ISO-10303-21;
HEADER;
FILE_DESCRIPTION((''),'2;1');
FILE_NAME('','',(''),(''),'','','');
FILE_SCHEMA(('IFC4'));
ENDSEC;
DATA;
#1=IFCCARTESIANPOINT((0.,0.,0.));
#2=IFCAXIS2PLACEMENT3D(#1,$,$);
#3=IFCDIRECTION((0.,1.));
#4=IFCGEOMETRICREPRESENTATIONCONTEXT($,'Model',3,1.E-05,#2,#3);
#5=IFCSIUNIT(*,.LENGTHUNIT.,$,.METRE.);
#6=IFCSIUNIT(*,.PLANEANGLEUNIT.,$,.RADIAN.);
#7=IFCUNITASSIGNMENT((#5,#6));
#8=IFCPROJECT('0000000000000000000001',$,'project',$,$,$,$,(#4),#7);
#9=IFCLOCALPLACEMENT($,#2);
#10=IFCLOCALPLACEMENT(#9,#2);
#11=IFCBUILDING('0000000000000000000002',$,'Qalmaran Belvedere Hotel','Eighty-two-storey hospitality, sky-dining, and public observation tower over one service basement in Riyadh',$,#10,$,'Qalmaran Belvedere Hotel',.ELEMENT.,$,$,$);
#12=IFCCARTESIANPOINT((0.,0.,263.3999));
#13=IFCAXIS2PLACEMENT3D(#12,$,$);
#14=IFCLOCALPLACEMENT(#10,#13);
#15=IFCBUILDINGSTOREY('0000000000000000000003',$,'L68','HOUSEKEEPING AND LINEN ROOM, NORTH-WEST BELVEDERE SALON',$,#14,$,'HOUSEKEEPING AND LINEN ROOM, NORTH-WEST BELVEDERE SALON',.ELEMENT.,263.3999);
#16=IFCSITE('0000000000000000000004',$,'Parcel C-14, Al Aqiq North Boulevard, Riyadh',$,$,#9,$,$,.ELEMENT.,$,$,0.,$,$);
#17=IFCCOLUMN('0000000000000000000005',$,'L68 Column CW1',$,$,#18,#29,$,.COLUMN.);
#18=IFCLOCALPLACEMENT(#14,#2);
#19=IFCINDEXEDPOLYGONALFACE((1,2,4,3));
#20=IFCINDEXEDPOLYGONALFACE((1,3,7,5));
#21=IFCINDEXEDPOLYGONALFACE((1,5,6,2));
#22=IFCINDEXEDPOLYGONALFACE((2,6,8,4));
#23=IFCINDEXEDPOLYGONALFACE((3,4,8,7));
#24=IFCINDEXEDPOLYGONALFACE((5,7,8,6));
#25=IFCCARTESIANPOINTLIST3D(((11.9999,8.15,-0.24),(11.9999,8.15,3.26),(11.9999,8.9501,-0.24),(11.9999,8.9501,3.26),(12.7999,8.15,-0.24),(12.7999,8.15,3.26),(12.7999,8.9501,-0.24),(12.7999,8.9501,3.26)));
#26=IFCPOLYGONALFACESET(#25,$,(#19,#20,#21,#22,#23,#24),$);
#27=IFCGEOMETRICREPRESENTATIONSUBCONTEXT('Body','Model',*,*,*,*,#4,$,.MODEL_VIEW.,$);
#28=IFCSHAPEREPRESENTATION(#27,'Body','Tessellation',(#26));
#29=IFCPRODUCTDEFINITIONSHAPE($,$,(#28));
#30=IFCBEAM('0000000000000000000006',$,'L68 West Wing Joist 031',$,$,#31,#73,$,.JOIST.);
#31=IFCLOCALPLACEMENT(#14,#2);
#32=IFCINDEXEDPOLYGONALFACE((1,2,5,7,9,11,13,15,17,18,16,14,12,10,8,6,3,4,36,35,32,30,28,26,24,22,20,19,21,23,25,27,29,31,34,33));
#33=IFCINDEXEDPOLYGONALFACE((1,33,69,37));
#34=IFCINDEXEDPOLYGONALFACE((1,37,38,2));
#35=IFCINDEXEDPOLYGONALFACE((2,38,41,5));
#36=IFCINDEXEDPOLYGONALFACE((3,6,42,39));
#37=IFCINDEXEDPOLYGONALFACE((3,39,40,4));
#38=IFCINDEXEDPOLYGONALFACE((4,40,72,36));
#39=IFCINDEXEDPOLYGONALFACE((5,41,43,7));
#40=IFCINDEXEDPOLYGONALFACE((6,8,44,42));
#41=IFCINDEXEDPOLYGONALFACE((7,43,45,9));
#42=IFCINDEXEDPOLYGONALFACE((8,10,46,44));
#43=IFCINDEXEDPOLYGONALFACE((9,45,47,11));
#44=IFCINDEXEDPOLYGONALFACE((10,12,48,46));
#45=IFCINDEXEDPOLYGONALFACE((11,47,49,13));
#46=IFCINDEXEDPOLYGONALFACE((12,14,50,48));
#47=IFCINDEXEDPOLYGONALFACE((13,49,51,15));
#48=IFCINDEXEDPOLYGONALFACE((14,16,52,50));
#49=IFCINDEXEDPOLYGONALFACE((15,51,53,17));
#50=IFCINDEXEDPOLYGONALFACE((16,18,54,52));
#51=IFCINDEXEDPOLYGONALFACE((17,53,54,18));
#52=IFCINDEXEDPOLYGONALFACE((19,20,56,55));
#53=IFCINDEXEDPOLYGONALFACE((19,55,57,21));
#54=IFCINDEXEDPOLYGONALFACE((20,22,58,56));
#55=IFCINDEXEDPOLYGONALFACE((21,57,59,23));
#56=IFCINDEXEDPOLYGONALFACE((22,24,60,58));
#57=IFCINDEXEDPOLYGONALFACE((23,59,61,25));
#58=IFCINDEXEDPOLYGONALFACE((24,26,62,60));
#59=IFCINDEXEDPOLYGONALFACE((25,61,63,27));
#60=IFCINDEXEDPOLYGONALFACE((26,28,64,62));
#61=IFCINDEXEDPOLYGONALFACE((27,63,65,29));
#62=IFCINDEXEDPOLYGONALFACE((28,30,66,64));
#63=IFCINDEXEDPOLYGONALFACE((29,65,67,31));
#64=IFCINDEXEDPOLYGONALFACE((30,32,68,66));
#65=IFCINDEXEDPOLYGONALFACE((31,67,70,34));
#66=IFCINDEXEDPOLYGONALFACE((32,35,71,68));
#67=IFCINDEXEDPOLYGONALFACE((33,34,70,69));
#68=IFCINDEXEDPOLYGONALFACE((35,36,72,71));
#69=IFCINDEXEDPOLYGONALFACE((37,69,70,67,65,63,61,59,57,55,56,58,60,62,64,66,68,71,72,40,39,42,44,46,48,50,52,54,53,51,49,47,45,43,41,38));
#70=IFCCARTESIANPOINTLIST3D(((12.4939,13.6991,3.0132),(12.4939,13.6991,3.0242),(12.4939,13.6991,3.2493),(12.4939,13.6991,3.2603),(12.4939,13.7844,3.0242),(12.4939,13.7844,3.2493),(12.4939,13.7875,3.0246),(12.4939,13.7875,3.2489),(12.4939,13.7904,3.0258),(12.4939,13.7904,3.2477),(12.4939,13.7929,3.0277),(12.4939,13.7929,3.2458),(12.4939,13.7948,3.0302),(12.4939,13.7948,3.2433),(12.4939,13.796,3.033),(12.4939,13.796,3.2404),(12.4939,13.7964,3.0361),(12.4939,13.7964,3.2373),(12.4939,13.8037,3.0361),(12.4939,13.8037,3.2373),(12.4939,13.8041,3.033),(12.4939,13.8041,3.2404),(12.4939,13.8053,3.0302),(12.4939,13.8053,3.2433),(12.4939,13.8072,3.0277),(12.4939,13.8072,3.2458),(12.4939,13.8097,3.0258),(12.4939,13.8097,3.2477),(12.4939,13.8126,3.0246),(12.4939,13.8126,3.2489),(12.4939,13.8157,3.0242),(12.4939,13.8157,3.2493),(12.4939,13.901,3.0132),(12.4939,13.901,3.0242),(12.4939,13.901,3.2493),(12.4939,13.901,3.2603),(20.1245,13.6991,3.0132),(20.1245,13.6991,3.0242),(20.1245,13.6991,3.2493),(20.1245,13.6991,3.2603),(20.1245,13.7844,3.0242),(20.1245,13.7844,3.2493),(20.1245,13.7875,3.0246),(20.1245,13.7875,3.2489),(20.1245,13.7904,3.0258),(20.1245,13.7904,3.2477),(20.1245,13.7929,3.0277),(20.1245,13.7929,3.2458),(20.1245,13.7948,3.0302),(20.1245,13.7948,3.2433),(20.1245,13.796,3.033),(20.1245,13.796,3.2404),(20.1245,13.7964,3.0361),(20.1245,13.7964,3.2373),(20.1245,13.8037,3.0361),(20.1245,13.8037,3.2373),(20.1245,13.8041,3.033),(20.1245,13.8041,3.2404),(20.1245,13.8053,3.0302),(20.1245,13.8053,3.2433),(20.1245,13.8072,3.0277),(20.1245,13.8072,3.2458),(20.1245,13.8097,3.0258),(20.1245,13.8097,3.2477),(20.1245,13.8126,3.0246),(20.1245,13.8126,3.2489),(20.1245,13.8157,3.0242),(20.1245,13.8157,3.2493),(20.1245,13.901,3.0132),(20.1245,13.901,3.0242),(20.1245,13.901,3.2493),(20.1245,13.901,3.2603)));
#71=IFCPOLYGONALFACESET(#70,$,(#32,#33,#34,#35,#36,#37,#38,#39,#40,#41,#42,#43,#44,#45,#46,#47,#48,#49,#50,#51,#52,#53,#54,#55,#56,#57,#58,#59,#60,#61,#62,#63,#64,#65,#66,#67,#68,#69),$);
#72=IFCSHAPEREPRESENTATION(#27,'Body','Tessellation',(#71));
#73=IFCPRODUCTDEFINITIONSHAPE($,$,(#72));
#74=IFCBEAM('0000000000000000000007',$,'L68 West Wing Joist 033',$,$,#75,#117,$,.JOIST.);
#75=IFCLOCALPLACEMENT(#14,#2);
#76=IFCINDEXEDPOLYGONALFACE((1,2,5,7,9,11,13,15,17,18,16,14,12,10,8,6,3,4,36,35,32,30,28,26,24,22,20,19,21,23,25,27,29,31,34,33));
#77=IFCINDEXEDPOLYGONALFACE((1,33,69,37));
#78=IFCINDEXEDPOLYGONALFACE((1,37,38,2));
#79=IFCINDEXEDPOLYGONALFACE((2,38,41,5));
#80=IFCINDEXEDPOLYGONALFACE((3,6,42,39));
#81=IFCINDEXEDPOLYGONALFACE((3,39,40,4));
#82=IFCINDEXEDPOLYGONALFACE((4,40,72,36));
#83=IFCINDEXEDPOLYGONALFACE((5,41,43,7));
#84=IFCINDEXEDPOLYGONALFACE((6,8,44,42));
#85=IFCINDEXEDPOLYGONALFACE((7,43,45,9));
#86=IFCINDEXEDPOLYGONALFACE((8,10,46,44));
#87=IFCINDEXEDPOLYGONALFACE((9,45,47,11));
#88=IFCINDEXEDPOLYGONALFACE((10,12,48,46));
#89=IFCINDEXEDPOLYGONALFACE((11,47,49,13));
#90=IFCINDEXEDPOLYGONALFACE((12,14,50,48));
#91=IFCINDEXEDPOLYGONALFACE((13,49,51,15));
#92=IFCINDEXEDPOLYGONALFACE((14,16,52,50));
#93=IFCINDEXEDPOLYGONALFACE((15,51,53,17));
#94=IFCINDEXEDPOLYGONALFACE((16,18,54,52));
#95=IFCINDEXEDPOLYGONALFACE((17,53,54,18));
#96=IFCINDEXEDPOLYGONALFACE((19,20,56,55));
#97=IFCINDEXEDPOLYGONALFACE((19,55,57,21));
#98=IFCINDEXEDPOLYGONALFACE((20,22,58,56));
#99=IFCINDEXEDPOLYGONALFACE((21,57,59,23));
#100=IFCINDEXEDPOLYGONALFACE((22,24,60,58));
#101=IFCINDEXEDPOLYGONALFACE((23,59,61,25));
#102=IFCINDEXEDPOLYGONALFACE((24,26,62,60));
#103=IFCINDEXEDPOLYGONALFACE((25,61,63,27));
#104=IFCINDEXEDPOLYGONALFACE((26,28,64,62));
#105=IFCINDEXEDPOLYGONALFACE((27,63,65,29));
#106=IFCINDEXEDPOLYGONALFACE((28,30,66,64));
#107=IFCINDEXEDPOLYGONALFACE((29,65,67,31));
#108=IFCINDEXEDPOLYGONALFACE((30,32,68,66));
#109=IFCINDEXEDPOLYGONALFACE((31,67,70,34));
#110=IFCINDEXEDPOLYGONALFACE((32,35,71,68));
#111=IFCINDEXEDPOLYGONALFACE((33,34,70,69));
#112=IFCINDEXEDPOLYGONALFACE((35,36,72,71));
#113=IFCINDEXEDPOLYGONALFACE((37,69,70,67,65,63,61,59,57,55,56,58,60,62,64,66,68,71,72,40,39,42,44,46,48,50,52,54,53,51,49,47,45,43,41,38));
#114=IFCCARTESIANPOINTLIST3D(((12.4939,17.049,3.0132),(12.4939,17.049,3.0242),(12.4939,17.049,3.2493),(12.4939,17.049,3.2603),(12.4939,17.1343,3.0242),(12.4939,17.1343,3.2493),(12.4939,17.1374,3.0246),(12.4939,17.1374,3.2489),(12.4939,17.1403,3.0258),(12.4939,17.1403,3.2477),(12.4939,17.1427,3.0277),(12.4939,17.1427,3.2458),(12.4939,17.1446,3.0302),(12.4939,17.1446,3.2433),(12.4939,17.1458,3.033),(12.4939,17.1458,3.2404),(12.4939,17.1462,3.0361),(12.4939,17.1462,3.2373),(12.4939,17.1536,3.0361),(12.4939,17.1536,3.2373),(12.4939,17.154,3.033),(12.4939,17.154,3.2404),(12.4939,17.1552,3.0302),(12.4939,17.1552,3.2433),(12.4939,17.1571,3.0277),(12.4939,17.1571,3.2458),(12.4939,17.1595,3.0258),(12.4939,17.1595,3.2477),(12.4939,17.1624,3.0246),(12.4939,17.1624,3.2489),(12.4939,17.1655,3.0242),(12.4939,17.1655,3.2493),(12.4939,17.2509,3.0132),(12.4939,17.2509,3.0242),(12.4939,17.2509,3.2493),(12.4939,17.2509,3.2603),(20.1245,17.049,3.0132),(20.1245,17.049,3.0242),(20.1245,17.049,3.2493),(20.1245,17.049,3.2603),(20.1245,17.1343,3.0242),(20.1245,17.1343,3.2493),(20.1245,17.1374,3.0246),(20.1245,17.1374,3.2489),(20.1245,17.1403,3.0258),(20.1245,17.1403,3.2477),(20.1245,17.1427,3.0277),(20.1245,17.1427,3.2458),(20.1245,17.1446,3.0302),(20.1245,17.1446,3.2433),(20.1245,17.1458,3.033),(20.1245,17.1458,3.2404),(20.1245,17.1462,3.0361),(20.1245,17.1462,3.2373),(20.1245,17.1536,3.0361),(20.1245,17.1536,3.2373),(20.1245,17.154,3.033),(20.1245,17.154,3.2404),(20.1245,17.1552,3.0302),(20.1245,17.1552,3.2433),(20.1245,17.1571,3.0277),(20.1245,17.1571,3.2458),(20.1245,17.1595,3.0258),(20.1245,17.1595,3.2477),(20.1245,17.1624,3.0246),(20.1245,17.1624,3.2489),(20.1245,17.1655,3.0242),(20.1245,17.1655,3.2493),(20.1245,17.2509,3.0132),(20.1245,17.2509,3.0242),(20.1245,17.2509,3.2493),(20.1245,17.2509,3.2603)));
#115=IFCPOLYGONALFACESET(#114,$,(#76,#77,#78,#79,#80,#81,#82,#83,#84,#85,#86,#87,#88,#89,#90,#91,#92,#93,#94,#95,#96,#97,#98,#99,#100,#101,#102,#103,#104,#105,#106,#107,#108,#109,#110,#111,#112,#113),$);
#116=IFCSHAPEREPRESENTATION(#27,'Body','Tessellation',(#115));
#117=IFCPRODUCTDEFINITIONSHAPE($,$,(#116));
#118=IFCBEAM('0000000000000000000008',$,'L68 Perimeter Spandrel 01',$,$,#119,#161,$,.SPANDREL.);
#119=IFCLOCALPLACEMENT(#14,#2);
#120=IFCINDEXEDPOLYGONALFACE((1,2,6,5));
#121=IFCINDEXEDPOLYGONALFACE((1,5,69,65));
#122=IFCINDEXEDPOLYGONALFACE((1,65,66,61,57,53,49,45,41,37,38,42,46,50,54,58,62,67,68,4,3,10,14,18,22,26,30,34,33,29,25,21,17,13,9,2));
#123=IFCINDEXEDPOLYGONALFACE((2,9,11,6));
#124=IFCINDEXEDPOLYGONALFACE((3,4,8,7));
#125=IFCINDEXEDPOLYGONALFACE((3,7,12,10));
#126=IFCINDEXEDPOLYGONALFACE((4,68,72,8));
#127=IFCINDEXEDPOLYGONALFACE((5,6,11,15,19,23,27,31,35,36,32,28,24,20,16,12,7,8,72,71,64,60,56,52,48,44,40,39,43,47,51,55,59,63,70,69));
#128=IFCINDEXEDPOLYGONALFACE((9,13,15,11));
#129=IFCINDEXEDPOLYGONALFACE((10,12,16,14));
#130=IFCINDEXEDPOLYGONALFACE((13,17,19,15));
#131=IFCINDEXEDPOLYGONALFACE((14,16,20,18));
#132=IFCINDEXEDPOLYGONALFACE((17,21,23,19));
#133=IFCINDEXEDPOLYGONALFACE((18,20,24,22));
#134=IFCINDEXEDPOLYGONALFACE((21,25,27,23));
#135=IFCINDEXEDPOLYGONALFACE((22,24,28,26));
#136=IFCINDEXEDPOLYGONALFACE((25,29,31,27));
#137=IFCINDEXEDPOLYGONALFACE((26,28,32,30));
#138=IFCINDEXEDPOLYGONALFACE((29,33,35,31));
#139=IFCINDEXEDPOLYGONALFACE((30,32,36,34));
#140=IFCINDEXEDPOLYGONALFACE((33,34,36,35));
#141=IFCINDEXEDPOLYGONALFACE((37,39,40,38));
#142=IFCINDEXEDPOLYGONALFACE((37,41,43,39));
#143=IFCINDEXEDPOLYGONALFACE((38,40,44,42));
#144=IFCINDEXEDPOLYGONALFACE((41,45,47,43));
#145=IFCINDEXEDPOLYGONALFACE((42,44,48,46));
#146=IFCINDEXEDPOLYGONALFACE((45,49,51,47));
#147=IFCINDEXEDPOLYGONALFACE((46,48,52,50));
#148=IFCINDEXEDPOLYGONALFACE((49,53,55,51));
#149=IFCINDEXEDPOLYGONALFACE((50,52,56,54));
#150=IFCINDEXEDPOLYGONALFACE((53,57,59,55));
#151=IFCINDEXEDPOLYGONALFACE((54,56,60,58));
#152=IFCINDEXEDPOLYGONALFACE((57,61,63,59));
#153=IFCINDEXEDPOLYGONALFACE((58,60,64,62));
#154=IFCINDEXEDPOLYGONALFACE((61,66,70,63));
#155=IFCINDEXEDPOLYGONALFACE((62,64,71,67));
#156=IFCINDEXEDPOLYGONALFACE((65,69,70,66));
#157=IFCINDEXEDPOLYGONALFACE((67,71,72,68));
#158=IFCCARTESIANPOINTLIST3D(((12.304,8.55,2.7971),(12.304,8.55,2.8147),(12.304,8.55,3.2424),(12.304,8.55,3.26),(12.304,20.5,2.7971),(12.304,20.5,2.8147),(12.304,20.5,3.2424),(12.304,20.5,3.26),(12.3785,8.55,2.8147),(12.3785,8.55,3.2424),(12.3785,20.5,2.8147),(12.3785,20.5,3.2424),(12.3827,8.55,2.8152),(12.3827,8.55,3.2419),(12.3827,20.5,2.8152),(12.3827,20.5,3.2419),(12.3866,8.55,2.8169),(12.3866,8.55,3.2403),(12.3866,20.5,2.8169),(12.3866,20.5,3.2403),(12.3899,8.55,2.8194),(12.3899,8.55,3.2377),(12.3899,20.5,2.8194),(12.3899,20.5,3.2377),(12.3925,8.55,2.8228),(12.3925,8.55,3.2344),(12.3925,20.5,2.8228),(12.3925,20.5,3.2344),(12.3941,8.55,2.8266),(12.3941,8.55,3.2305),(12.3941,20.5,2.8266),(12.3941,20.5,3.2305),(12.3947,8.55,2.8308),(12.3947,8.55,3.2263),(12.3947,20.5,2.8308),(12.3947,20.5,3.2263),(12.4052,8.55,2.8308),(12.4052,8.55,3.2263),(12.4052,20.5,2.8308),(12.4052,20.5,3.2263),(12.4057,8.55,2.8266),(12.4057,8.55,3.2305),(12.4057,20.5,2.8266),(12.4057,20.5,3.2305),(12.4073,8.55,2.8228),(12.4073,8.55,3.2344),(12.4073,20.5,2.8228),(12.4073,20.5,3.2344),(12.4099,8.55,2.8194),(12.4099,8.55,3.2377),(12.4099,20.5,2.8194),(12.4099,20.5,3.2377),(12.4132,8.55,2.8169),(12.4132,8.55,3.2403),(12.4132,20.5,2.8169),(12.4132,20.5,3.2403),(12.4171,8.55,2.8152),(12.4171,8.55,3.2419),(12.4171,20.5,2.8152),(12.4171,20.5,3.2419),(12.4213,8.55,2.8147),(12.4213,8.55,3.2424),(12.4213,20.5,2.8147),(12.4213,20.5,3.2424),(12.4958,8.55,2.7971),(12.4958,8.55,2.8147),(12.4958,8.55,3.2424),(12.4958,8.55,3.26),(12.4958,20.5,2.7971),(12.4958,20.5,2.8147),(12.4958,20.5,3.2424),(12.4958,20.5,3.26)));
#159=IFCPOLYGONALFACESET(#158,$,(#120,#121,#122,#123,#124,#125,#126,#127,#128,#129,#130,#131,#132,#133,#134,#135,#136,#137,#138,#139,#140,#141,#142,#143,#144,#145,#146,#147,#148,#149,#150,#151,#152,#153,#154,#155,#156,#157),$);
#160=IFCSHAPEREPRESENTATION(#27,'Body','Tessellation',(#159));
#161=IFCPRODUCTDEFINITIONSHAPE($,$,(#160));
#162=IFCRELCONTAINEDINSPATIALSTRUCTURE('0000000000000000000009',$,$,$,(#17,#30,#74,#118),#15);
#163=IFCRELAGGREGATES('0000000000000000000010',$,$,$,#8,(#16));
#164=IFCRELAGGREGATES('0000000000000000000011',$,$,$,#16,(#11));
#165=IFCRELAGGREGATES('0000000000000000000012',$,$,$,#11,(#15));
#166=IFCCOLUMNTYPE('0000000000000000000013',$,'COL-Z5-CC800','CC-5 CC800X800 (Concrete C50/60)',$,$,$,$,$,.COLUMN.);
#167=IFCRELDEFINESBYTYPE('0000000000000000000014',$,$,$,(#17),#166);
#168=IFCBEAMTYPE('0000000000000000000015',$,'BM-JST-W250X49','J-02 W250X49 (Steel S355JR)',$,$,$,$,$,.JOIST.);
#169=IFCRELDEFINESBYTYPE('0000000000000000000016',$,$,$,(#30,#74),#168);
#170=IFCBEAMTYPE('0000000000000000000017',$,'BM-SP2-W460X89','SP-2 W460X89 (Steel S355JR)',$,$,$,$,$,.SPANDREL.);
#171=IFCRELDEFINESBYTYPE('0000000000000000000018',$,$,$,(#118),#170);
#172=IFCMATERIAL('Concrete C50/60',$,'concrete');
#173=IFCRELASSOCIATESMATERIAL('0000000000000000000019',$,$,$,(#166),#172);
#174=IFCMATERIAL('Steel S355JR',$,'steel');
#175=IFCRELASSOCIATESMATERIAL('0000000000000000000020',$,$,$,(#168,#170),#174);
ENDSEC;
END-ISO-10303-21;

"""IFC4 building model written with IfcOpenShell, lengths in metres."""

from ifc_helpers import new_model, si_unit, direction, frame, origin, origin_2d, place, context, subcontext, project, spatial, rectangle, i_section, extrude, material, material_profile, profile_set, type_object, element, save


model = new_model("IFC4")

# Units and contexts
model_context = context("Model", 3, precision=1e-05, world=origin(), true_north=direction((0.0, 1.0)))
body_context = subcontext(model_context, "Body", "Model", "MODEL_VIEW")
ifc_project = project(units=[si_unit("LENGTHUNIT", "METRE"), si_unit("PLANEANGLEUNIT", "RADIAN")], contexts=[model_context])

# Site, building, storey
site_placement = place(None, origin())
site = spatial("IfcSite", under=ifc_project, at=site_placement, Name="Parcel C-14, Al Aqiq North Boulevard, Riyadh", CompositionType="ELEMENT", RefElevation=0.0)
building_placement = place(site_placement, origin())
building = spatial("IfcBuilding", under=site, at=building_placement, Name="Qalmaran Belvedere Hotel", Description="Eighty-two-storey hospitality, sky-dining, and public observation tower over one service basement in Riyadh", LongName="Qalmaran Belvedere Hotel", CompositionType="ELEMENT")
storey_placement = place(building_placement, frame((0.0, 0.0, 263.3999)))
storey = spatial("IfcBuildingStorey", under=building, at=storey_placement, Name="L68", Description="HOUSEKEEPING AND LINEN ROOM, NORTH-WEST BELVEDERE SALON", LongName="HOUSEKEEPING AND LINEN ROOM, NORTH-WEST BELVEDERE SALON", CompositionType="ELEMENT", Elevation=263.3999)

# Column
ifc_material_1 = material(Name="Concrete C50/60", Category="concrete")
ifc_material_profile_1 = material_profile(ifc_material_1, rectangle(XDim=0.8, YDim=0.8, at=origin_2d()), Name="CC800X800")
ifc_profile_set_1 = profile_set([ifc_material_profile_1], Name="Concrete C50/60")
column_type = type_object("IfcColumnType", Name="COL-Z5-CC800", Description="CC-5 CC800X800 (Concrete C50/60)", PredefinedType="COLUMN", material=ifc_profile_set_1)
column_placement = place(storey_placement, frame((12.3999, 8.55, -0.24), z_axis=(0.0, 0.0, 1.0), x_axis=(1.0, 0.0, 0.0)))
element("IfcColumn", 1, at=column_placement, inside=storey, type_object=column_type, Name="L68 Column CW1", PredefinedType="COLUMN", context=body_context, shape_type="SweptSolid", body=[
    extrude(rectangle(XDim=0.8, YDim=0.8, at=origin_2d()), origin(), (0.0, 0.0, 1.0), 3.5),
])

# Beams
ifc_material_2 = material(Name="Steel S355JR", Category="steel")
ifc_material_profile_2 = material_profile(ifc_material_2, i_section(OverallWidth=0.2019, OverallDepth=0.2471, WebThickness=0.0073, FlangeThickness=0.011, FilletRadius=0.012, at=origin_2d()), Name="W250X49")
ifc_profile_set_2 = profile_set([ifc_material_profile_2], Name="Steel S355JR")
beam_type_1 = type_object("IfcBeamType", Name="BM-JST-W250X49", Description="J-02 W250X49 (Steel S355JR)", PredefinedType="JOIST", material=ifc_profile_set_2)
for number, where, z_axis, x_axis, name in (
    (2, (12.4939, 13.8, 3.1367), (1.0, 0.0, 0.0), (0.0, 1.0, 0.0), "L68 West Wing Joist 031"),
    (3, (12.4939, 17.1499, 3.1367), (1.0, 0.0, 0.0), (0.0, 1.0, 0.0), "L68 West Wing Joist 033"),
):
    element("IfcBeam", number, at=place(storey_placement, frame(where, z_axis=z_axis, x_axis=x_axis)), inside=storey, type_object=beam_type_1, Name=name, PredefinedType="JOIST", context=body_context, shape_type="SweptSolid", body=[
        extrude(i_section(OverallWidth=0.2019, OverallDepth=0.2471, WebThickness=0.0073, FlangeThickness=0.011, FilletRadius=0.012, at=origin_2d()), origin(), (0.0, 0.0, 1.0), 7.6306),
    ])
ifc_material_profile_3 = material_profile(ifc_material_2, i_section(OverallWidth=0.1919, OverallDepth=0.4629, WebThickness=0.0105, FlangeThickness=0.0176, FilletRadius=0.0161, at=origin_2d()), Name="W460X89")
ifc_profile_set_3 = profile_set([ifc_material_profile_3], Name="Steel S355JR")
beam_type_2 = type_object("IfcBeamType", Name="BM-SP2-W460X89", Description="SP-2 W460X89 (Steel S355JR)", PredefinedType="SPANDREL", material=ifc_profile_set_3)
beam_1_placement = place(storey_placement, frame((12.3999, 8.55, 3.0286), z_axis=(0.0, 1.0, 0.0), x_axis=(-1.0, 0.0, 0.0)))
element("IfcBeam", 4, at=beam_1_placement, inside=storey, type_object=beam_type_2, Name="L68 Perimeter Spandrel 01", PredefinedType="SPANDREL", context=body_context, shape_type="SweptSolid", body=[
    extrude(i_section(OverallWidth=0.1919, OverallDepth=0.4629, WebThickness=0.0105, FlangeThickness=0.0176, FilletRadius=0.0161, at=origin_2d()), origin(), (0.0, 0.0, 1.0), 11.95),
])

save(model, "model.ifc")
